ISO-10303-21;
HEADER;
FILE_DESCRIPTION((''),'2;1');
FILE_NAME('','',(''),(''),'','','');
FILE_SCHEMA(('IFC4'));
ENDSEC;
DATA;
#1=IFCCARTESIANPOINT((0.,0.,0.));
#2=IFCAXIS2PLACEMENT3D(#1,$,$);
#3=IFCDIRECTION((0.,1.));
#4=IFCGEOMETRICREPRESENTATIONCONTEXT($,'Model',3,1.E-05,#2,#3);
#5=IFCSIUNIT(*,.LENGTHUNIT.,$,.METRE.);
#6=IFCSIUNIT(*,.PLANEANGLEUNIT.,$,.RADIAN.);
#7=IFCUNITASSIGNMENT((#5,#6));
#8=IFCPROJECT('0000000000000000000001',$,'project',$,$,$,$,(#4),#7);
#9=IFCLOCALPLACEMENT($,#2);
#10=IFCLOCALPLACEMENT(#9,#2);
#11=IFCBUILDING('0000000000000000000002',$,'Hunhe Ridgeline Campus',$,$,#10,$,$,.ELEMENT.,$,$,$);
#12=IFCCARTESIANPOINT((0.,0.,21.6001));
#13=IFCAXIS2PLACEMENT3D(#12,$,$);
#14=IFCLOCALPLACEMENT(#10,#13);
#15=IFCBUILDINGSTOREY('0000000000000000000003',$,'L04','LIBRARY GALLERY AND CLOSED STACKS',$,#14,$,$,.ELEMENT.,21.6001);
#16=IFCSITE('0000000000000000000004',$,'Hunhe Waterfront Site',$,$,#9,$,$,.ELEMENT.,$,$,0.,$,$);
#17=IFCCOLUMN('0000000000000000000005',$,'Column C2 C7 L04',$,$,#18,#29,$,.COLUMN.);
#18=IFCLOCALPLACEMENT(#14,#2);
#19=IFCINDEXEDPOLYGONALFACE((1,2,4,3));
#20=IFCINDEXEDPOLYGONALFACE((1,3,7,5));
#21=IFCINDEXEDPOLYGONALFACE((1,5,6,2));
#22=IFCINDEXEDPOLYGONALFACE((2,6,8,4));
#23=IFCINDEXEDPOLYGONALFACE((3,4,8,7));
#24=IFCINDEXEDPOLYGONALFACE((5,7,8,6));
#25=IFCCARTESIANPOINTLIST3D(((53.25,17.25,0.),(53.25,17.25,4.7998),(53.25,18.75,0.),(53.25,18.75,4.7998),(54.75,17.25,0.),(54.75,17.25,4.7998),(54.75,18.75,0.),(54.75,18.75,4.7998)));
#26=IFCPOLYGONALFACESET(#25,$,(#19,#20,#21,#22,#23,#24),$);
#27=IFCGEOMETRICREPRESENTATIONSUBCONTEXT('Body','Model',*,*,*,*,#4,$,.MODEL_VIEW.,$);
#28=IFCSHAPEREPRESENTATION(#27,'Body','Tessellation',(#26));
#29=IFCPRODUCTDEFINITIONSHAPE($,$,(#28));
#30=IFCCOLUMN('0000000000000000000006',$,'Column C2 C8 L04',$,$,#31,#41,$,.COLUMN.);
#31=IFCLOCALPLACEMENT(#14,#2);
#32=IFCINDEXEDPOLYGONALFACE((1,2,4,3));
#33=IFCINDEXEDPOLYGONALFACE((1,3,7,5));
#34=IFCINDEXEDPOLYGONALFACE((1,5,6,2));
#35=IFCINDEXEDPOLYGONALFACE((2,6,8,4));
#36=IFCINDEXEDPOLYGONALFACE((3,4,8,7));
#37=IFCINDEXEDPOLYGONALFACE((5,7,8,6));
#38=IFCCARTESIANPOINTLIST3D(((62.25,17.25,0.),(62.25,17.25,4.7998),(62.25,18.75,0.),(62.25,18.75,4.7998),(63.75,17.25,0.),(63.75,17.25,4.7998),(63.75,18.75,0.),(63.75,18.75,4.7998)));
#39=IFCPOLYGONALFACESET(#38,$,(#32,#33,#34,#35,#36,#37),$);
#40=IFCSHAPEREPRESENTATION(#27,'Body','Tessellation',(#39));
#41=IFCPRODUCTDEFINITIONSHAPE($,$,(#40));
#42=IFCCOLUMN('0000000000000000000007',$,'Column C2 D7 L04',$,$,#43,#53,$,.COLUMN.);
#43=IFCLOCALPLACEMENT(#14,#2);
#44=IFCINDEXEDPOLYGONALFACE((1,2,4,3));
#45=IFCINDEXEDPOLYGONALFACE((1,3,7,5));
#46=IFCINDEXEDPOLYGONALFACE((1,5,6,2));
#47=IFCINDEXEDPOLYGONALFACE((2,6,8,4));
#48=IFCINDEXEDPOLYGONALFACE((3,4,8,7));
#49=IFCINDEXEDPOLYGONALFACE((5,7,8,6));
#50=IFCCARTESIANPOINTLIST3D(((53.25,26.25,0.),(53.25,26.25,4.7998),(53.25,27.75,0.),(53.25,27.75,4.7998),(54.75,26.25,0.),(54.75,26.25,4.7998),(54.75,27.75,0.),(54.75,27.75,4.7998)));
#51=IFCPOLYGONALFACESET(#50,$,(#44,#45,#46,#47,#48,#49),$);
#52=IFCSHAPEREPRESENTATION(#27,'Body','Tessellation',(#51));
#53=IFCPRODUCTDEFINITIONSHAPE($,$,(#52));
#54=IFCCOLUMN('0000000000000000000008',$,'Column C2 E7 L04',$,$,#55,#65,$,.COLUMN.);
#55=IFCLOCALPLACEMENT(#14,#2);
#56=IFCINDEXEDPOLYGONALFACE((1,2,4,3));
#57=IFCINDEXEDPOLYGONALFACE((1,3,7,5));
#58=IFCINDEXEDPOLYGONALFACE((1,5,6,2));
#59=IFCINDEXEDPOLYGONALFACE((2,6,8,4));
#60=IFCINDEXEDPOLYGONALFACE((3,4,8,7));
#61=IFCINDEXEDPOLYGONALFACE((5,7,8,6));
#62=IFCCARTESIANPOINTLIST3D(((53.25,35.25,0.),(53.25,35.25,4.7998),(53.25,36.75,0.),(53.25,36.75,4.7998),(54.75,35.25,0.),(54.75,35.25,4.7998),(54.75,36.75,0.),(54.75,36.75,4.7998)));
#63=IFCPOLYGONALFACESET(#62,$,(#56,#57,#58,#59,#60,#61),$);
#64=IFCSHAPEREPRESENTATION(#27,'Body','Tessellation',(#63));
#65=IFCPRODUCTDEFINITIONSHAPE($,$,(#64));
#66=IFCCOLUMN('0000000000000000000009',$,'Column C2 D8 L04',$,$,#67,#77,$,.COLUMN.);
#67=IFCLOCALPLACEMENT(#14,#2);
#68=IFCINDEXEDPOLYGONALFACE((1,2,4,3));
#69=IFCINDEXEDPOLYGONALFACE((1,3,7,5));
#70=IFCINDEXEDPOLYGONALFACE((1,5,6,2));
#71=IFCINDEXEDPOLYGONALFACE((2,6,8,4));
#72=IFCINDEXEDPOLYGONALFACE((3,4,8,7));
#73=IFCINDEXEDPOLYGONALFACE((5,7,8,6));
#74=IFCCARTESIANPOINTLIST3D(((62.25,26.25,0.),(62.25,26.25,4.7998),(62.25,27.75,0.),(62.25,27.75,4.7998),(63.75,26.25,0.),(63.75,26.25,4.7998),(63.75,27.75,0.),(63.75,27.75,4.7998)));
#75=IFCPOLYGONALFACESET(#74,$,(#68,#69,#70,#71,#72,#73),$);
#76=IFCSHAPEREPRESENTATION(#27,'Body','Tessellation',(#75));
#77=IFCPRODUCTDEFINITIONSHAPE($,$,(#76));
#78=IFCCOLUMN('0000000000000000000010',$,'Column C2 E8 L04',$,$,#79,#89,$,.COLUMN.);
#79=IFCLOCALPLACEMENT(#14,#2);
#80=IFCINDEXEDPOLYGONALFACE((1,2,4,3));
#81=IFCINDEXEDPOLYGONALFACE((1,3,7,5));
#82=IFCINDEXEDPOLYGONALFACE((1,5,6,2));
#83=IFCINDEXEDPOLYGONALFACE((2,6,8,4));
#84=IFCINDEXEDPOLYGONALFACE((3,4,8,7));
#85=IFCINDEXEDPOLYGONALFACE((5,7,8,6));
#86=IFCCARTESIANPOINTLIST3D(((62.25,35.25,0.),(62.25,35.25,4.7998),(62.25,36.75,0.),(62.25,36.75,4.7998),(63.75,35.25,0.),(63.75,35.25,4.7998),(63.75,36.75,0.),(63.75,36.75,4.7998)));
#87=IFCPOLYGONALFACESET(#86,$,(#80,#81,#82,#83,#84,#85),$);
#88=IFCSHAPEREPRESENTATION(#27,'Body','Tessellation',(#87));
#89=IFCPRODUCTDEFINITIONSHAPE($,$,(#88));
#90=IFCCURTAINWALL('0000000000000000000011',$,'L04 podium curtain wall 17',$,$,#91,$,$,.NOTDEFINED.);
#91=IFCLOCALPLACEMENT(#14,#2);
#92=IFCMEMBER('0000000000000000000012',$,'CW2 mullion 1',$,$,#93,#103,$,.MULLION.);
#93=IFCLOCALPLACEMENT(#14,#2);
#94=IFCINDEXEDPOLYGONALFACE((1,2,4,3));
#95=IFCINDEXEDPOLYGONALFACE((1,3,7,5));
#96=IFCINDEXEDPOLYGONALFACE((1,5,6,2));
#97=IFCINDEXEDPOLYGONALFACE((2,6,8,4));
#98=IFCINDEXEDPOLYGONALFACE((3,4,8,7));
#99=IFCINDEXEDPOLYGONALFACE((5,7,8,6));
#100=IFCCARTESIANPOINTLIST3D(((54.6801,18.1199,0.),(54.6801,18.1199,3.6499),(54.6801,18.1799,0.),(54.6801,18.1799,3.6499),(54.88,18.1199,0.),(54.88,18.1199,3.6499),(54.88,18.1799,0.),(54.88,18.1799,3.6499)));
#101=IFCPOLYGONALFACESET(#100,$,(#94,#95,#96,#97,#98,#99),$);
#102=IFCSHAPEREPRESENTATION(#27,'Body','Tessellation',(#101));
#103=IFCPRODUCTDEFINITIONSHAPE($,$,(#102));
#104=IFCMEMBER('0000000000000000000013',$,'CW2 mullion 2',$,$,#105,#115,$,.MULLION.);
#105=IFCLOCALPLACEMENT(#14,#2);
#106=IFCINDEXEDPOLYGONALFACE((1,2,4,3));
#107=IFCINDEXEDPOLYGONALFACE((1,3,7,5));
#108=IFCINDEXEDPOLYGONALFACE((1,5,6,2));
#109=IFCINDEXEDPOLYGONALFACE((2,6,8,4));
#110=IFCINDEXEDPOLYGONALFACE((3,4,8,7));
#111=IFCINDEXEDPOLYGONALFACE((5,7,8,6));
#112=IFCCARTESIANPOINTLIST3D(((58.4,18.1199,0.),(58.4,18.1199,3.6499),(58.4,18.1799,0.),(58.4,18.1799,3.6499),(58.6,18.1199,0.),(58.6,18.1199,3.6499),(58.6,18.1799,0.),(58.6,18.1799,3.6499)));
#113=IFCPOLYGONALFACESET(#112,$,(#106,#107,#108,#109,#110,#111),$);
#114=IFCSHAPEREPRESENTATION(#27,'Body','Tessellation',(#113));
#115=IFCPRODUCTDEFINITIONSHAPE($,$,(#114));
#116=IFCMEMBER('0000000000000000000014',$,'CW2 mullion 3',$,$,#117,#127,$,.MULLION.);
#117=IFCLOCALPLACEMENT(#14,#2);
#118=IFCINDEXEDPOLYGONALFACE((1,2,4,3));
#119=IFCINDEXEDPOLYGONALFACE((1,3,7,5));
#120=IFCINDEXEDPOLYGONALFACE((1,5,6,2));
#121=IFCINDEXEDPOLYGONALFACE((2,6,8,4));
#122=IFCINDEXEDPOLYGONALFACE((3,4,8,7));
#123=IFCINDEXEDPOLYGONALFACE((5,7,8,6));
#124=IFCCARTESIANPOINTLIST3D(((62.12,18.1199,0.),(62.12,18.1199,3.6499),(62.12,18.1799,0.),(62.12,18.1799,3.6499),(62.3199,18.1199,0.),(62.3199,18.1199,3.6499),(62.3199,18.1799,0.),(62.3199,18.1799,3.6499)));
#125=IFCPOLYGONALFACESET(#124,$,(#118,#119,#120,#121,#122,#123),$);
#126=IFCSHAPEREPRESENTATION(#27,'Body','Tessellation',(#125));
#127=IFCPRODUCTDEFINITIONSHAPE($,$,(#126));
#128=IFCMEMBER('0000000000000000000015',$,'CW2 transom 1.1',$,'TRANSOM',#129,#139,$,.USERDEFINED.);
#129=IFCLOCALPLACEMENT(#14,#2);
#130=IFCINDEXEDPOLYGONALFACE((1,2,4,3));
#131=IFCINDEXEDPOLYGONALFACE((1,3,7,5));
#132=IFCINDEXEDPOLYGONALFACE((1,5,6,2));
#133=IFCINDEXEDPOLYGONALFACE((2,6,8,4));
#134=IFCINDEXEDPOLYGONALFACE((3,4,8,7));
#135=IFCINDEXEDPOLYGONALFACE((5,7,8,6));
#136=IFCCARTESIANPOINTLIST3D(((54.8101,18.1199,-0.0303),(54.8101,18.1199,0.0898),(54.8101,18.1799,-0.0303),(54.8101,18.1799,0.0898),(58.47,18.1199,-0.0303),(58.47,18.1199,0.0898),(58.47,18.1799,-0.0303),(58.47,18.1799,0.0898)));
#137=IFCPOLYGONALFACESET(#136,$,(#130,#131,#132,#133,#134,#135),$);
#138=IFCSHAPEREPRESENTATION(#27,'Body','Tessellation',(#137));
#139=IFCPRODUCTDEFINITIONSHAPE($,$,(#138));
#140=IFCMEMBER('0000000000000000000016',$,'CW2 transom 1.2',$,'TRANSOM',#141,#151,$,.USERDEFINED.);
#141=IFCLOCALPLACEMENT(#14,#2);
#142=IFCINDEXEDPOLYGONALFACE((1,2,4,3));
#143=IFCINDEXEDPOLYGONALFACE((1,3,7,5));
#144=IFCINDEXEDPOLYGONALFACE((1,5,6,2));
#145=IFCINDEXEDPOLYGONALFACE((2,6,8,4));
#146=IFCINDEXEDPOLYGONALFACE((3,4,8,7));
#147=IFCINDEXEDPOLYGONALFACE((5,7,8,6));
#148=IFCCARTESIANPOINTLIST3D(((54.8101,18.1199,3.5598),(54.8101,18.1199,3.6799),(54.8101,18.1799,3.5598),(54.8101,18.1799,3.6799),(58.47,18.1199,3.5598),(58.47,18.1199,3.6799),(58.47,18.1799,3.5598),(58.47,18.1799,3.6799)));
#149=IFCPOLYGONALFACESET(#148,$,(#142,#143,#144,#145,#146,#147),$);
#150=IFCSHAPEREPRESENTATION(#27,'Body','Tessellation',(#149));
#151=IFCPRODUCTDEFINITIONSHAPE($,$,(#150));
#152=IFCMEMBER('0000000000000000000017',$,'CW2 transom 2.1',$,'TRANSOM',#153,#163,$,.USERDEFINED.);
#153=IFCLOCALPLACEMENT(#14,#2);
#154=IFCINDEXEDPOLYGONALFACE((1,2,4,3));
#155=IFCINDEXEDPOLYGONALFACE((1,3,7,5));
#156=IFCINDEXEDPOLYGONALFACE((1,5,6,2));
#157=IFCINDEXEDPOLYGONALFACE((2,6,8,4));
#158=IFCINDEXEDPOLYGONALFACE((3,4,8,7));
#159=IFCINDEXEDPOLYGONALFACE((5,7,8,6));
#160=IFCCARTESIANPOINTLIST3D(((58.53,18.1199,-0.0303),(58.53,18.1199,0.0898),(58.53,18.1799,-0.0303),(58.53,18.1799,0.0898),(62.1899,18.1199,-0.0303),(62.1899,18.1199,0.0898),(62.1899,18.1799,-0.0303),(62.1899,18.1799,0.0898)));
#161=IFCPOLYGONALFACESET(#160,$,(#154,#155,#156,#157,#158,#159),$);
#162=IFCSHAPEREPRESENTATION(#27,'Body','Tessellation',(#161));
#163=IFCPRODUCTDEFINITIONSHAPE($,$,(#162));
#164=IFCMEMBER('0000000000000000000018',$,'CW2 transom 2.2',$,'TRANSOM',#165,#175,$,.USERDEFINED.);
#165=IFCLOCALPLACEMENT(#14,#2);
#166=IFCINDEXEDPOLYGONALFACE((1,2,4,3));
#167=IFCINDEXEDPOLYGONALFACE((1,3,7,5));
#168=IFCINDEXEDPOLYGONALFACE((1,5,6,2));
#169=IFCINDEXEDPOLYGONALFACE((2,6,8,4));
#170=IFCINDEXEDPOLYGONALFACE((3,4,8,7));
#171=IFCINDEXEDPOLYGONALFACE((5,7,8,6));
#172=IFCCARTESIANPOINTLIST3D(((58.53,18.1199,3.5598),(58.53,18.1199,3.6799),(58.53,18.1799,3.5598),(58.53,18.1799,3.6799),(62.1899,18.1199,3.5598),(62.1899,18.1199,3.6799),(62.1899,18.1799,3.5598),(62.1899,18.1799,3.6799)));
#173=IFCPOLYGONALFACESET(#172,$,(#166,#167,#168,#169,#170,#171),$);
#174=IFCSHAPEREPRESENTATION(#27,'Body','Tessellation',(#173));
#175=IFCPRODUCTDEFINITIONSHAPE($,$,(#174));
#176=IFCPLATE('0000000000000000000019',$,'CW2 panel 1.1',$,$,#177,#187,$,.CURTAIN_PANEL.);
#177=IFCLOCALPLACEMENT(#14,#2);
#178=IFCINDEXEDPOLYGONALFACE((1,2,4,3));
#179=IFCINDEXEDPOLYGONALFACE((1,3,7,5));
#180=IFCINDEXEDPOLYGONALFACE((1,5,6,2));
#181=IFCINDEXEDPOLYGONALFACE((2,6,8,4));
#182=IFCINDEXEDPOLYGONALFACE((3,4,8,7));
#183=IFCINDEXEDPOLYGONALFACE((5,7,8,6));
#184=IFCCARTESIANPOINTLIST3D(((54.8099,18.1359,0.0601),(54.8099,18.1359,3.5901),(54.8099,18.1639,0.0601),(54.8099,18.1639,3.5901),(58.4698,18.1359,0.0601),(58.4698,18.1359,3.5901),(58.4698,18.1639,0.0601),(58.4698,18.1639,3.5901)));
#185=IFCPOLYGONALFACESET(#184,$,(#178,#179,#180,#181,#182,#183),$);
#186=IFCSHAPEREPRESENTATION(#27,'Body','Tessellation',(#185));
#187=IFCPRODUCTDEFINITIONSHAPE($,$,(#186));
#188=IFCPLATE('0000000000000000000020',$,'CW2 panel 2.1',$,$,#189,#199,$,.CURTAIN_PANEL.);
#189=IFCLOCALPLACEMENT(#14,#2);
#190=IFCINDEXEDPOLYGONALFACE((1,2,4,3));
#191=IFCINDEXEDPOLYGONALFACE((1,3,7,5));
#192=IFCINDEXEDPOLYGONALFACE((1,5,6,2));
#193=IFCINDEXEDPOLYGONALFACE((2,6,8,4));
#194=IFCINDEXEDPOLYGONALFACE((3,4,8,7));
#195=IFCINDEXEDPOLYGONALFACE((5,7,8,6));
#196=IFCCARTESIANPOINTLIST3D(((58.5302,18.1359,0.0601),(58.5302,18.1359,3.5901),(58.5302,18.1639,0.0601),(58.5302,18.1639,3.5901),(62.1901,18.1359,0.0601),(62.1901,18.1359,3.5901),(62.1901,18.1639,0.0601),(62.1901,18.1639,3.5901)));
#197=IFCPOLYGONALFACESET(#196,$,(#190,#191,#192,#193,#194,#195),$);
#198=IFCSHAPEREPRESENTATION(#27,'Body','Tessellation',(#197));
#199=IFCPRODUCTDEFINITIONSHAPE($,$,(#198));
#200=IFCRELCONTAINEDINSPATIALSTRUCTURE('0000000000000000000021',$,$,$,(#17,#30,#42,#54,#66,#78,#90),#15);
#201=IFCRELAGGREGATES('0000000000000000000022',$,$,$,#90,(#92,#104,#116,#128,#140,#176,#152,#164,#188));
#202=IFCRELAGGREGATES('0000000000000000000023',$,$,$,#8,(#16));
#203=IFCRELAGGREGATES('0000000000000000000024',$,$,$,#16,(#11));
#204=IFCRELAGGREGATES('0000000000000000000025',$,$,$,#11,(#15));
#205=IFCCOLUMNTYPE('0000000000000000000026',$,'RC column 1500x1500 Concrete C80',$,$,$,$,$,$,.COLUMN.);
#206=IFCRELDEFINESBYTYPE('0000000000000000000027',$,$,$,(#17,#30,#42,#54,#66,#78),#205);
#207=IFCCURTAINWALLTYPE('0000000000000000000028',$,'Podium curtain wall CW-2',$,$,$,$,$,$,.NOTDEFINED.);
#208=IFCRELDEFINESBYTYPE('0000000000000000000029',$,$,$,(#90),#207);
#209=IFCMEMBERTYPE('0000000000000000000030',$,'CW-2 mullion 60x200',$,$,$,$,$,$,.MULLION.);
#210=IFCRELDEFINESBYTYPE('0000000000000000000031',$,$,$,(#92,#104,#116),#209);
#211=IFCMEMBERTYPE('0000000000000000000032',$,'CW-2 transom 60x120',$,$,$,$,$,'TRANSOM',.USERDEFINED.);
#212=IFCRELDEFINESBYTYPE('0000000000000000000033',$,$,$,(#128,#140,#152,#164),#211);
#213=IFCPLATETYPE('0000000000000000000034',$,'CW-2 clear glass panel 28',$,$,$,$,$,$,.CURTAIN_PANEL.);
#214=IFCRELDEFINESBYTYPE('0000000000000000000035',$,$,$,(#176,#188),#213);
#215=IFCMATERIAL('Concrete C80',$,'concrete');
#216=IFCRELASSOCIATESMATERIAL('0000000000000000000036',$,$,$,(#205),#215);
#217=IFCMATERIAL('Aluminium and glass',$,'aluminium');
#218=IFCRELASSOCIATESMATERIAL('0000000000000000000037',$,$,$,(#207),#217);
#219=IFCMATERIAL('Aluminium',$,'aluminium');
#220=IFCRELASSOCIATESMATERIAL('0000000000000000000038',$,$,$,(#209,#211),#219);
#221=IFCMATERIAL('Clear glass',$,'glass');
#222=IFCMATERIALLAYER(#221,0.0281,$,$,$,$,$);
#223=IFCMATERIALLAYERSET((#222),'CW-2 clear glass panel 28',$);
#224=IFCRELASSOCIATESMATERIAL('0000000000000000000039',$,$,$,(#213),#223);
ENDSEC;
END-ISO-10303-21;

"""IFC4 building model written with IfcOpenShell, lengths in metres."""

from ifc_helpers import new_model, si_unit, direction, frame, origin, origin_2d, place, context, subcontext, project, spatial, rectangle, extrude, material, layer, layer_set, material_profile, profile_set, type_object, element, aggregate, save


model = new_model("IFC4")

# Units and contexts
model_context = context("Model", 3, precision=1e-05, world=origin(), true_north=direction((0.0, 1.0)))
body_context = subcontext(model_context, "Body", "Model", "MODEL_VIEW")
ifc_project = project(units=[si_unit("LENGTHUNIT", "METRE"), si_unit("PLANEANGLEUNIT", "RADIAN")], contexts=[model_context])

# Site, building, storey
site_placement = place(None, origin())
site = spatial("IfcSite", under=ifc_project, at=site_placement, Name="Hunhe Waterfront Site", CompositionType="ELEMENT", RefElevation=0.0)
building_placement = place(site_placement, origin())
building = spatial("IfcBuilding", under=site, at=building_placement, Name="Hunhe Ridgeline Campus", CompositionType="ELEMENT")
storey_placement = place(building_placement, frame((0.0, 0.0, 21.6001)))
storey = spatial("IfcBuildingStorey", under=building, at=storey_placement, Name="L04", Description="LIBRARY GALLERY AND CLOSED STACKS", CompositionType="ELEMENT", Elevation=21.6001)

# Columns
ifc_material_1 = material(Name="Concrete C80", Category="concrete")
ifc_material_profile_1 = material_profile(ifc_material_1, rectangle(XDim=1.5, YDim=1.5, at=origin_2d()))
ifc_profile_set_1 = profile_set([ifc_material_profile_1], Name="Concrete C80")
column_type = type_object("IfcColumnType", Name="RC column 1500x1500 Concrete C80", PredefinedType="COLUMN", material=ifc_profile_set_1)
for number, where, z_axis, x_axis, name in (
    (1, (54.0, 18.0, 0.0), (0.0, 0.0, 1.0), (1.0, 0.0, 0.0), "Column C2 C7 L04"),
    (2, (63.0, 18.0, 0.0), (0.0, 0.0, 1.0), (1.0, 0.0, 0.0), "Column C2 C8 L04"),
    (3, (54.0, 27.0, 0.0), (0.0, 0.0, 1.0), (1.0, 0.0, 0.0), "Column C2 D7 L04"),
    (4, (54.0, 36.0, 0.0), (0.0, 0.0, 1.0), (1.0, 0.0, 0.0), "Column C2 E7 L04"),
    (5, (63.0, 27.0, 0.0), (0.0, 0.0, 1.0), (1.0, 0.0, 0.0), "Column C2 D8 L04"),
    (6, (63.0, 36.0, 0.0), (0.0, 0.0, 1.0), (1.0, 0.0, 0.0), "Column C2 E8 L04"),
):
    element("IfcColumn", number, at=place(storey_placement, frame(where, z_axis=z_axis, x_axis=x_axis)), inside=storey, type_object=column_type, Name=name, PredefinedType="COLUMN", context=body_context, shape_type="SweptSolid", body=[
        extrude(rectangle(XDim=1.5, YDim=1.5, at=origin_2d()), origin(), (0.0, 0.0, 1.0), 4.7998),
    ])

# Curtain wall, members, plates
ifc_material_2 = material(Name="Aluminium and glass", Category="aluminium")
curtain_wall_type = type_object("IfcCurtainWallType", Name="Podium curtain wall CW-2", PredefinedType="NOTDEFINED", material=ifc_material_2)
curtain_wall_placement = place(storey_placement, origin())
curtain_wall = element("IfcCurtainWall", 7, at=curtain_wall_placement, inside=storey, type_object=curtain_wall_type, Name="L04 podium curtain wall 17", PredefinedType="NOTDEFINED")
ifc_material_3 = material(Name="Aluminium", Category="aluminium")
ifc_material_profile_2 = material_profile(ifc_material_3, rectangle(XDim=0.0601, YDim=0.2, at=origin_2d()))
ifc_profile_set_2 = profile_set([ifc_material_profile_2], Name="Aluminium")
member_type_1 = type_object("IfcMemberType", Name="CW-2 mullion 60x200", PredefinedType="MULLION", material=ifc_profile_set_2)
member_1_placement = place(storey_placement, frame((54.78, 18.1499, 0.0), z_axis=(0.0, 0.0, 1.0), x_axis=(0.0, 1.0, 0.0)))
member_1 = element("IfcMember", 8, at=member_1_placement, type_object=member_type_1, Name="CW2 mullion 1", PredefinedType="MULLION", context=body_context, shape_type="SweptSolid", body=[
    extrude(rectangle(XDim=0.0601, YDim=0.2, at=origin_2d()), origin(), (0.0, 0.0, 1.0), 3.6499),
])
member_2_placement = place(storey_placement, frame((58.5, 18.1499, 0.0), z_axis=(0.0, 0.0, 1.0), x_axis=(0.0, 1.0, 0.0)))
member_2 = element("IfcMember", 9, at=member_2_placement, type_object=member_type_1, Name="CW2 mullion 2", PredefinedType="MULLION", context=body_context, shape_type="SweptSolid", body=[
    extrude(rectangle(XDim=0.0601, YDim=0.2, at=origin_2d()), origin(), (0.0, 0.0, 1.0), 3.6499),
])
member_3_placement = place(storey_placement, frame((62.22, 18.1499, 0.0), z_axis=(0.0, 0.0, 1.0), x_axis=(0.0, 1.0, 0.0)))
member_3 = element("IfcMember", 10, at=member_3_placement, type_object=member_type_1, Name="CW2 mullion 3", PredefinedType="MULLION", context=body_context, shape_type="SweptSolid", body=[
    extrude(rectangle(XDim=0.0601, YDim=0.2, at=origin_2d()), origin(), (0.0, 0.0, 1.0), 3.6499),
])
ifc_material_profile_3 = material_profile(ifc_material_3, rectangle(XDim=0.0601, YDim=0.1201, at=origin_2d()))
ifc_profile_set_3 = profile_set([ifc_material_profile_3], Name="Aluminium")
member_type_2 = type_object("IfcMemberType", Name="CW-2 transom 60x120", ElementType="TRANSOM", PredefinedType="USERDEFINED", material=ifc_profile_set_3)
member_4_placement = place(storey_placement, frame((54.8101, 18.1499, 0.0298), z_axis=(1.0, 0.0, 0.0), x_axis=(0.0, 1.0, 0.0)))
member_4 = element("IfcMember", 11, at=member_4_placement, type_object=member_type_2, Name="CW2 transom 1.1", ObjectType="TRANSOM", PredefinedType="USERDEFINED", context=body_context, shape_type="SweptSolid", body=[
    extrude(rectangle(XDim=0.0601, YDim=0.1201, at=origin_2d()), origin(), (0.0, 0.0, 1.0), 3.6599),
])
member_5_placement = place(storey_placement, frame((54.8101, 18.1499, 3.6199), z_axis=(1.0, 0.0, 0.0), x_axis=(0.0, 1.0, 0.0)))
member_5 = element("IfcMember", 12, at=member_5_placement, type_object=member_type_2, Name="CW2 transom 1.2", ObjectType="TRANSOM", PredefinedType="USERDEFINED", context=body_context, shape_type="SweptSolid", body=[
    extrude(rectangle(XDim=0.0601, YDim=0.1201, at=origin_2d()), origin(), (0.0, 0.0, 1.0), 3.6599),
])
member_6_placement = place(storey_placement, frame((58.53, 18.1499, 0.0298), z_axis=(1.0, 0.0, 0.0), x_axis=(0.0, 1.0, 0.0)))
member_6 = element("IfcMember", 13, at=member_6_placement, type_object=member_type_2, Name="CW2 transom 2.1", ObjectType="TRANSOM", PredefinedType="USERDEFINED", context=body_context, shape_type="SweptSolid", body=[
    extrude(rectangle(XDim=0.0601, YDim=0.1201, at=origin_2d()), origin(), (0.0, 0.0, 1.0), 3.6599),
])
member_7_placement = place(storey_placement, frame((58.53, 18.1499, 3.6199), z_axis=(1.0, 0.0, 0.0), x_axis=(0.0, 1.0, 0.0)))
member_7 = element("IfcMember", 14, at=member_7_placement, type_object=member_type_2, Name="CW2 transom 2.2", ObjectType="TRANSOM", PredefinedType="USERDEFINED", context=body_context, shape_type="SweptSolid", body=[
    extrude(rectangle(XDim=0.0601, YDim=0.1201, at=origin_2d()), origin(), (0.0, 0.0, 1.0), 3.6599),
])
ifc_material_4 = material(Name="Clear glass", Category="glass")
ifc_layer_1 = layer(ifc_material_4, 0.0281)
ifc_layer_set_1 = layer_set([ifc_layer_1], Name="CW-2 clear glass panel 28")
plate_type = type_object("IfcPlateType", Name="CW-2 clear glass panel 28", PredefinedType="CURTAIN_PANEL", material=ifc_layer_set_1)
plate_1_placement = place(storey_placement, frame((56.6399, 18.1499, 0.0601), z_axis=(0.0, 0.0, 1.0), x_axis=(1.0, 0.0, 0.0)))
plate_1 = element("IfcPlate", 15, at=plate_1_placement, type_object=plate_type, Name="CW2 panel 1.1", PredefinedType="CURTAIN_PANEL", context=body_context, shape_type="SweptSolid", body=[
    extrude(rectangle(XDim=3.6599, YDim=0.0281, at=origin_2d()), origin(), (0.0, 0.0, 1.0), 3.53),
])
plate_2_placement = place(storey_placement, frame((60.3601, 18.1499, 0.0601), z_axis=(0.0, 0.0, 1.0), x_axis=(1.0, 0.0, 0.0)))
plate_2 = element("IfcPlate", 16, at=plate_2_placement, type_object=plate_type, Name="CW2 panel 2.1", PredefinedType="CURTAIN_PANEL", context=body_context, shape_type="SweptSolid", body=[
    extrude(rectangle(XDim=3.6599, YDim=0.0281, at=origin_2d()), origin(), (0.0, 0.0, 1.0), 3.53),
])
aggregate(curtain_wall, [member_1, member_2, member_3, member_4, member_5, plate_1, member_6, member_7, plate_2])

save(model, "model.ifc")
